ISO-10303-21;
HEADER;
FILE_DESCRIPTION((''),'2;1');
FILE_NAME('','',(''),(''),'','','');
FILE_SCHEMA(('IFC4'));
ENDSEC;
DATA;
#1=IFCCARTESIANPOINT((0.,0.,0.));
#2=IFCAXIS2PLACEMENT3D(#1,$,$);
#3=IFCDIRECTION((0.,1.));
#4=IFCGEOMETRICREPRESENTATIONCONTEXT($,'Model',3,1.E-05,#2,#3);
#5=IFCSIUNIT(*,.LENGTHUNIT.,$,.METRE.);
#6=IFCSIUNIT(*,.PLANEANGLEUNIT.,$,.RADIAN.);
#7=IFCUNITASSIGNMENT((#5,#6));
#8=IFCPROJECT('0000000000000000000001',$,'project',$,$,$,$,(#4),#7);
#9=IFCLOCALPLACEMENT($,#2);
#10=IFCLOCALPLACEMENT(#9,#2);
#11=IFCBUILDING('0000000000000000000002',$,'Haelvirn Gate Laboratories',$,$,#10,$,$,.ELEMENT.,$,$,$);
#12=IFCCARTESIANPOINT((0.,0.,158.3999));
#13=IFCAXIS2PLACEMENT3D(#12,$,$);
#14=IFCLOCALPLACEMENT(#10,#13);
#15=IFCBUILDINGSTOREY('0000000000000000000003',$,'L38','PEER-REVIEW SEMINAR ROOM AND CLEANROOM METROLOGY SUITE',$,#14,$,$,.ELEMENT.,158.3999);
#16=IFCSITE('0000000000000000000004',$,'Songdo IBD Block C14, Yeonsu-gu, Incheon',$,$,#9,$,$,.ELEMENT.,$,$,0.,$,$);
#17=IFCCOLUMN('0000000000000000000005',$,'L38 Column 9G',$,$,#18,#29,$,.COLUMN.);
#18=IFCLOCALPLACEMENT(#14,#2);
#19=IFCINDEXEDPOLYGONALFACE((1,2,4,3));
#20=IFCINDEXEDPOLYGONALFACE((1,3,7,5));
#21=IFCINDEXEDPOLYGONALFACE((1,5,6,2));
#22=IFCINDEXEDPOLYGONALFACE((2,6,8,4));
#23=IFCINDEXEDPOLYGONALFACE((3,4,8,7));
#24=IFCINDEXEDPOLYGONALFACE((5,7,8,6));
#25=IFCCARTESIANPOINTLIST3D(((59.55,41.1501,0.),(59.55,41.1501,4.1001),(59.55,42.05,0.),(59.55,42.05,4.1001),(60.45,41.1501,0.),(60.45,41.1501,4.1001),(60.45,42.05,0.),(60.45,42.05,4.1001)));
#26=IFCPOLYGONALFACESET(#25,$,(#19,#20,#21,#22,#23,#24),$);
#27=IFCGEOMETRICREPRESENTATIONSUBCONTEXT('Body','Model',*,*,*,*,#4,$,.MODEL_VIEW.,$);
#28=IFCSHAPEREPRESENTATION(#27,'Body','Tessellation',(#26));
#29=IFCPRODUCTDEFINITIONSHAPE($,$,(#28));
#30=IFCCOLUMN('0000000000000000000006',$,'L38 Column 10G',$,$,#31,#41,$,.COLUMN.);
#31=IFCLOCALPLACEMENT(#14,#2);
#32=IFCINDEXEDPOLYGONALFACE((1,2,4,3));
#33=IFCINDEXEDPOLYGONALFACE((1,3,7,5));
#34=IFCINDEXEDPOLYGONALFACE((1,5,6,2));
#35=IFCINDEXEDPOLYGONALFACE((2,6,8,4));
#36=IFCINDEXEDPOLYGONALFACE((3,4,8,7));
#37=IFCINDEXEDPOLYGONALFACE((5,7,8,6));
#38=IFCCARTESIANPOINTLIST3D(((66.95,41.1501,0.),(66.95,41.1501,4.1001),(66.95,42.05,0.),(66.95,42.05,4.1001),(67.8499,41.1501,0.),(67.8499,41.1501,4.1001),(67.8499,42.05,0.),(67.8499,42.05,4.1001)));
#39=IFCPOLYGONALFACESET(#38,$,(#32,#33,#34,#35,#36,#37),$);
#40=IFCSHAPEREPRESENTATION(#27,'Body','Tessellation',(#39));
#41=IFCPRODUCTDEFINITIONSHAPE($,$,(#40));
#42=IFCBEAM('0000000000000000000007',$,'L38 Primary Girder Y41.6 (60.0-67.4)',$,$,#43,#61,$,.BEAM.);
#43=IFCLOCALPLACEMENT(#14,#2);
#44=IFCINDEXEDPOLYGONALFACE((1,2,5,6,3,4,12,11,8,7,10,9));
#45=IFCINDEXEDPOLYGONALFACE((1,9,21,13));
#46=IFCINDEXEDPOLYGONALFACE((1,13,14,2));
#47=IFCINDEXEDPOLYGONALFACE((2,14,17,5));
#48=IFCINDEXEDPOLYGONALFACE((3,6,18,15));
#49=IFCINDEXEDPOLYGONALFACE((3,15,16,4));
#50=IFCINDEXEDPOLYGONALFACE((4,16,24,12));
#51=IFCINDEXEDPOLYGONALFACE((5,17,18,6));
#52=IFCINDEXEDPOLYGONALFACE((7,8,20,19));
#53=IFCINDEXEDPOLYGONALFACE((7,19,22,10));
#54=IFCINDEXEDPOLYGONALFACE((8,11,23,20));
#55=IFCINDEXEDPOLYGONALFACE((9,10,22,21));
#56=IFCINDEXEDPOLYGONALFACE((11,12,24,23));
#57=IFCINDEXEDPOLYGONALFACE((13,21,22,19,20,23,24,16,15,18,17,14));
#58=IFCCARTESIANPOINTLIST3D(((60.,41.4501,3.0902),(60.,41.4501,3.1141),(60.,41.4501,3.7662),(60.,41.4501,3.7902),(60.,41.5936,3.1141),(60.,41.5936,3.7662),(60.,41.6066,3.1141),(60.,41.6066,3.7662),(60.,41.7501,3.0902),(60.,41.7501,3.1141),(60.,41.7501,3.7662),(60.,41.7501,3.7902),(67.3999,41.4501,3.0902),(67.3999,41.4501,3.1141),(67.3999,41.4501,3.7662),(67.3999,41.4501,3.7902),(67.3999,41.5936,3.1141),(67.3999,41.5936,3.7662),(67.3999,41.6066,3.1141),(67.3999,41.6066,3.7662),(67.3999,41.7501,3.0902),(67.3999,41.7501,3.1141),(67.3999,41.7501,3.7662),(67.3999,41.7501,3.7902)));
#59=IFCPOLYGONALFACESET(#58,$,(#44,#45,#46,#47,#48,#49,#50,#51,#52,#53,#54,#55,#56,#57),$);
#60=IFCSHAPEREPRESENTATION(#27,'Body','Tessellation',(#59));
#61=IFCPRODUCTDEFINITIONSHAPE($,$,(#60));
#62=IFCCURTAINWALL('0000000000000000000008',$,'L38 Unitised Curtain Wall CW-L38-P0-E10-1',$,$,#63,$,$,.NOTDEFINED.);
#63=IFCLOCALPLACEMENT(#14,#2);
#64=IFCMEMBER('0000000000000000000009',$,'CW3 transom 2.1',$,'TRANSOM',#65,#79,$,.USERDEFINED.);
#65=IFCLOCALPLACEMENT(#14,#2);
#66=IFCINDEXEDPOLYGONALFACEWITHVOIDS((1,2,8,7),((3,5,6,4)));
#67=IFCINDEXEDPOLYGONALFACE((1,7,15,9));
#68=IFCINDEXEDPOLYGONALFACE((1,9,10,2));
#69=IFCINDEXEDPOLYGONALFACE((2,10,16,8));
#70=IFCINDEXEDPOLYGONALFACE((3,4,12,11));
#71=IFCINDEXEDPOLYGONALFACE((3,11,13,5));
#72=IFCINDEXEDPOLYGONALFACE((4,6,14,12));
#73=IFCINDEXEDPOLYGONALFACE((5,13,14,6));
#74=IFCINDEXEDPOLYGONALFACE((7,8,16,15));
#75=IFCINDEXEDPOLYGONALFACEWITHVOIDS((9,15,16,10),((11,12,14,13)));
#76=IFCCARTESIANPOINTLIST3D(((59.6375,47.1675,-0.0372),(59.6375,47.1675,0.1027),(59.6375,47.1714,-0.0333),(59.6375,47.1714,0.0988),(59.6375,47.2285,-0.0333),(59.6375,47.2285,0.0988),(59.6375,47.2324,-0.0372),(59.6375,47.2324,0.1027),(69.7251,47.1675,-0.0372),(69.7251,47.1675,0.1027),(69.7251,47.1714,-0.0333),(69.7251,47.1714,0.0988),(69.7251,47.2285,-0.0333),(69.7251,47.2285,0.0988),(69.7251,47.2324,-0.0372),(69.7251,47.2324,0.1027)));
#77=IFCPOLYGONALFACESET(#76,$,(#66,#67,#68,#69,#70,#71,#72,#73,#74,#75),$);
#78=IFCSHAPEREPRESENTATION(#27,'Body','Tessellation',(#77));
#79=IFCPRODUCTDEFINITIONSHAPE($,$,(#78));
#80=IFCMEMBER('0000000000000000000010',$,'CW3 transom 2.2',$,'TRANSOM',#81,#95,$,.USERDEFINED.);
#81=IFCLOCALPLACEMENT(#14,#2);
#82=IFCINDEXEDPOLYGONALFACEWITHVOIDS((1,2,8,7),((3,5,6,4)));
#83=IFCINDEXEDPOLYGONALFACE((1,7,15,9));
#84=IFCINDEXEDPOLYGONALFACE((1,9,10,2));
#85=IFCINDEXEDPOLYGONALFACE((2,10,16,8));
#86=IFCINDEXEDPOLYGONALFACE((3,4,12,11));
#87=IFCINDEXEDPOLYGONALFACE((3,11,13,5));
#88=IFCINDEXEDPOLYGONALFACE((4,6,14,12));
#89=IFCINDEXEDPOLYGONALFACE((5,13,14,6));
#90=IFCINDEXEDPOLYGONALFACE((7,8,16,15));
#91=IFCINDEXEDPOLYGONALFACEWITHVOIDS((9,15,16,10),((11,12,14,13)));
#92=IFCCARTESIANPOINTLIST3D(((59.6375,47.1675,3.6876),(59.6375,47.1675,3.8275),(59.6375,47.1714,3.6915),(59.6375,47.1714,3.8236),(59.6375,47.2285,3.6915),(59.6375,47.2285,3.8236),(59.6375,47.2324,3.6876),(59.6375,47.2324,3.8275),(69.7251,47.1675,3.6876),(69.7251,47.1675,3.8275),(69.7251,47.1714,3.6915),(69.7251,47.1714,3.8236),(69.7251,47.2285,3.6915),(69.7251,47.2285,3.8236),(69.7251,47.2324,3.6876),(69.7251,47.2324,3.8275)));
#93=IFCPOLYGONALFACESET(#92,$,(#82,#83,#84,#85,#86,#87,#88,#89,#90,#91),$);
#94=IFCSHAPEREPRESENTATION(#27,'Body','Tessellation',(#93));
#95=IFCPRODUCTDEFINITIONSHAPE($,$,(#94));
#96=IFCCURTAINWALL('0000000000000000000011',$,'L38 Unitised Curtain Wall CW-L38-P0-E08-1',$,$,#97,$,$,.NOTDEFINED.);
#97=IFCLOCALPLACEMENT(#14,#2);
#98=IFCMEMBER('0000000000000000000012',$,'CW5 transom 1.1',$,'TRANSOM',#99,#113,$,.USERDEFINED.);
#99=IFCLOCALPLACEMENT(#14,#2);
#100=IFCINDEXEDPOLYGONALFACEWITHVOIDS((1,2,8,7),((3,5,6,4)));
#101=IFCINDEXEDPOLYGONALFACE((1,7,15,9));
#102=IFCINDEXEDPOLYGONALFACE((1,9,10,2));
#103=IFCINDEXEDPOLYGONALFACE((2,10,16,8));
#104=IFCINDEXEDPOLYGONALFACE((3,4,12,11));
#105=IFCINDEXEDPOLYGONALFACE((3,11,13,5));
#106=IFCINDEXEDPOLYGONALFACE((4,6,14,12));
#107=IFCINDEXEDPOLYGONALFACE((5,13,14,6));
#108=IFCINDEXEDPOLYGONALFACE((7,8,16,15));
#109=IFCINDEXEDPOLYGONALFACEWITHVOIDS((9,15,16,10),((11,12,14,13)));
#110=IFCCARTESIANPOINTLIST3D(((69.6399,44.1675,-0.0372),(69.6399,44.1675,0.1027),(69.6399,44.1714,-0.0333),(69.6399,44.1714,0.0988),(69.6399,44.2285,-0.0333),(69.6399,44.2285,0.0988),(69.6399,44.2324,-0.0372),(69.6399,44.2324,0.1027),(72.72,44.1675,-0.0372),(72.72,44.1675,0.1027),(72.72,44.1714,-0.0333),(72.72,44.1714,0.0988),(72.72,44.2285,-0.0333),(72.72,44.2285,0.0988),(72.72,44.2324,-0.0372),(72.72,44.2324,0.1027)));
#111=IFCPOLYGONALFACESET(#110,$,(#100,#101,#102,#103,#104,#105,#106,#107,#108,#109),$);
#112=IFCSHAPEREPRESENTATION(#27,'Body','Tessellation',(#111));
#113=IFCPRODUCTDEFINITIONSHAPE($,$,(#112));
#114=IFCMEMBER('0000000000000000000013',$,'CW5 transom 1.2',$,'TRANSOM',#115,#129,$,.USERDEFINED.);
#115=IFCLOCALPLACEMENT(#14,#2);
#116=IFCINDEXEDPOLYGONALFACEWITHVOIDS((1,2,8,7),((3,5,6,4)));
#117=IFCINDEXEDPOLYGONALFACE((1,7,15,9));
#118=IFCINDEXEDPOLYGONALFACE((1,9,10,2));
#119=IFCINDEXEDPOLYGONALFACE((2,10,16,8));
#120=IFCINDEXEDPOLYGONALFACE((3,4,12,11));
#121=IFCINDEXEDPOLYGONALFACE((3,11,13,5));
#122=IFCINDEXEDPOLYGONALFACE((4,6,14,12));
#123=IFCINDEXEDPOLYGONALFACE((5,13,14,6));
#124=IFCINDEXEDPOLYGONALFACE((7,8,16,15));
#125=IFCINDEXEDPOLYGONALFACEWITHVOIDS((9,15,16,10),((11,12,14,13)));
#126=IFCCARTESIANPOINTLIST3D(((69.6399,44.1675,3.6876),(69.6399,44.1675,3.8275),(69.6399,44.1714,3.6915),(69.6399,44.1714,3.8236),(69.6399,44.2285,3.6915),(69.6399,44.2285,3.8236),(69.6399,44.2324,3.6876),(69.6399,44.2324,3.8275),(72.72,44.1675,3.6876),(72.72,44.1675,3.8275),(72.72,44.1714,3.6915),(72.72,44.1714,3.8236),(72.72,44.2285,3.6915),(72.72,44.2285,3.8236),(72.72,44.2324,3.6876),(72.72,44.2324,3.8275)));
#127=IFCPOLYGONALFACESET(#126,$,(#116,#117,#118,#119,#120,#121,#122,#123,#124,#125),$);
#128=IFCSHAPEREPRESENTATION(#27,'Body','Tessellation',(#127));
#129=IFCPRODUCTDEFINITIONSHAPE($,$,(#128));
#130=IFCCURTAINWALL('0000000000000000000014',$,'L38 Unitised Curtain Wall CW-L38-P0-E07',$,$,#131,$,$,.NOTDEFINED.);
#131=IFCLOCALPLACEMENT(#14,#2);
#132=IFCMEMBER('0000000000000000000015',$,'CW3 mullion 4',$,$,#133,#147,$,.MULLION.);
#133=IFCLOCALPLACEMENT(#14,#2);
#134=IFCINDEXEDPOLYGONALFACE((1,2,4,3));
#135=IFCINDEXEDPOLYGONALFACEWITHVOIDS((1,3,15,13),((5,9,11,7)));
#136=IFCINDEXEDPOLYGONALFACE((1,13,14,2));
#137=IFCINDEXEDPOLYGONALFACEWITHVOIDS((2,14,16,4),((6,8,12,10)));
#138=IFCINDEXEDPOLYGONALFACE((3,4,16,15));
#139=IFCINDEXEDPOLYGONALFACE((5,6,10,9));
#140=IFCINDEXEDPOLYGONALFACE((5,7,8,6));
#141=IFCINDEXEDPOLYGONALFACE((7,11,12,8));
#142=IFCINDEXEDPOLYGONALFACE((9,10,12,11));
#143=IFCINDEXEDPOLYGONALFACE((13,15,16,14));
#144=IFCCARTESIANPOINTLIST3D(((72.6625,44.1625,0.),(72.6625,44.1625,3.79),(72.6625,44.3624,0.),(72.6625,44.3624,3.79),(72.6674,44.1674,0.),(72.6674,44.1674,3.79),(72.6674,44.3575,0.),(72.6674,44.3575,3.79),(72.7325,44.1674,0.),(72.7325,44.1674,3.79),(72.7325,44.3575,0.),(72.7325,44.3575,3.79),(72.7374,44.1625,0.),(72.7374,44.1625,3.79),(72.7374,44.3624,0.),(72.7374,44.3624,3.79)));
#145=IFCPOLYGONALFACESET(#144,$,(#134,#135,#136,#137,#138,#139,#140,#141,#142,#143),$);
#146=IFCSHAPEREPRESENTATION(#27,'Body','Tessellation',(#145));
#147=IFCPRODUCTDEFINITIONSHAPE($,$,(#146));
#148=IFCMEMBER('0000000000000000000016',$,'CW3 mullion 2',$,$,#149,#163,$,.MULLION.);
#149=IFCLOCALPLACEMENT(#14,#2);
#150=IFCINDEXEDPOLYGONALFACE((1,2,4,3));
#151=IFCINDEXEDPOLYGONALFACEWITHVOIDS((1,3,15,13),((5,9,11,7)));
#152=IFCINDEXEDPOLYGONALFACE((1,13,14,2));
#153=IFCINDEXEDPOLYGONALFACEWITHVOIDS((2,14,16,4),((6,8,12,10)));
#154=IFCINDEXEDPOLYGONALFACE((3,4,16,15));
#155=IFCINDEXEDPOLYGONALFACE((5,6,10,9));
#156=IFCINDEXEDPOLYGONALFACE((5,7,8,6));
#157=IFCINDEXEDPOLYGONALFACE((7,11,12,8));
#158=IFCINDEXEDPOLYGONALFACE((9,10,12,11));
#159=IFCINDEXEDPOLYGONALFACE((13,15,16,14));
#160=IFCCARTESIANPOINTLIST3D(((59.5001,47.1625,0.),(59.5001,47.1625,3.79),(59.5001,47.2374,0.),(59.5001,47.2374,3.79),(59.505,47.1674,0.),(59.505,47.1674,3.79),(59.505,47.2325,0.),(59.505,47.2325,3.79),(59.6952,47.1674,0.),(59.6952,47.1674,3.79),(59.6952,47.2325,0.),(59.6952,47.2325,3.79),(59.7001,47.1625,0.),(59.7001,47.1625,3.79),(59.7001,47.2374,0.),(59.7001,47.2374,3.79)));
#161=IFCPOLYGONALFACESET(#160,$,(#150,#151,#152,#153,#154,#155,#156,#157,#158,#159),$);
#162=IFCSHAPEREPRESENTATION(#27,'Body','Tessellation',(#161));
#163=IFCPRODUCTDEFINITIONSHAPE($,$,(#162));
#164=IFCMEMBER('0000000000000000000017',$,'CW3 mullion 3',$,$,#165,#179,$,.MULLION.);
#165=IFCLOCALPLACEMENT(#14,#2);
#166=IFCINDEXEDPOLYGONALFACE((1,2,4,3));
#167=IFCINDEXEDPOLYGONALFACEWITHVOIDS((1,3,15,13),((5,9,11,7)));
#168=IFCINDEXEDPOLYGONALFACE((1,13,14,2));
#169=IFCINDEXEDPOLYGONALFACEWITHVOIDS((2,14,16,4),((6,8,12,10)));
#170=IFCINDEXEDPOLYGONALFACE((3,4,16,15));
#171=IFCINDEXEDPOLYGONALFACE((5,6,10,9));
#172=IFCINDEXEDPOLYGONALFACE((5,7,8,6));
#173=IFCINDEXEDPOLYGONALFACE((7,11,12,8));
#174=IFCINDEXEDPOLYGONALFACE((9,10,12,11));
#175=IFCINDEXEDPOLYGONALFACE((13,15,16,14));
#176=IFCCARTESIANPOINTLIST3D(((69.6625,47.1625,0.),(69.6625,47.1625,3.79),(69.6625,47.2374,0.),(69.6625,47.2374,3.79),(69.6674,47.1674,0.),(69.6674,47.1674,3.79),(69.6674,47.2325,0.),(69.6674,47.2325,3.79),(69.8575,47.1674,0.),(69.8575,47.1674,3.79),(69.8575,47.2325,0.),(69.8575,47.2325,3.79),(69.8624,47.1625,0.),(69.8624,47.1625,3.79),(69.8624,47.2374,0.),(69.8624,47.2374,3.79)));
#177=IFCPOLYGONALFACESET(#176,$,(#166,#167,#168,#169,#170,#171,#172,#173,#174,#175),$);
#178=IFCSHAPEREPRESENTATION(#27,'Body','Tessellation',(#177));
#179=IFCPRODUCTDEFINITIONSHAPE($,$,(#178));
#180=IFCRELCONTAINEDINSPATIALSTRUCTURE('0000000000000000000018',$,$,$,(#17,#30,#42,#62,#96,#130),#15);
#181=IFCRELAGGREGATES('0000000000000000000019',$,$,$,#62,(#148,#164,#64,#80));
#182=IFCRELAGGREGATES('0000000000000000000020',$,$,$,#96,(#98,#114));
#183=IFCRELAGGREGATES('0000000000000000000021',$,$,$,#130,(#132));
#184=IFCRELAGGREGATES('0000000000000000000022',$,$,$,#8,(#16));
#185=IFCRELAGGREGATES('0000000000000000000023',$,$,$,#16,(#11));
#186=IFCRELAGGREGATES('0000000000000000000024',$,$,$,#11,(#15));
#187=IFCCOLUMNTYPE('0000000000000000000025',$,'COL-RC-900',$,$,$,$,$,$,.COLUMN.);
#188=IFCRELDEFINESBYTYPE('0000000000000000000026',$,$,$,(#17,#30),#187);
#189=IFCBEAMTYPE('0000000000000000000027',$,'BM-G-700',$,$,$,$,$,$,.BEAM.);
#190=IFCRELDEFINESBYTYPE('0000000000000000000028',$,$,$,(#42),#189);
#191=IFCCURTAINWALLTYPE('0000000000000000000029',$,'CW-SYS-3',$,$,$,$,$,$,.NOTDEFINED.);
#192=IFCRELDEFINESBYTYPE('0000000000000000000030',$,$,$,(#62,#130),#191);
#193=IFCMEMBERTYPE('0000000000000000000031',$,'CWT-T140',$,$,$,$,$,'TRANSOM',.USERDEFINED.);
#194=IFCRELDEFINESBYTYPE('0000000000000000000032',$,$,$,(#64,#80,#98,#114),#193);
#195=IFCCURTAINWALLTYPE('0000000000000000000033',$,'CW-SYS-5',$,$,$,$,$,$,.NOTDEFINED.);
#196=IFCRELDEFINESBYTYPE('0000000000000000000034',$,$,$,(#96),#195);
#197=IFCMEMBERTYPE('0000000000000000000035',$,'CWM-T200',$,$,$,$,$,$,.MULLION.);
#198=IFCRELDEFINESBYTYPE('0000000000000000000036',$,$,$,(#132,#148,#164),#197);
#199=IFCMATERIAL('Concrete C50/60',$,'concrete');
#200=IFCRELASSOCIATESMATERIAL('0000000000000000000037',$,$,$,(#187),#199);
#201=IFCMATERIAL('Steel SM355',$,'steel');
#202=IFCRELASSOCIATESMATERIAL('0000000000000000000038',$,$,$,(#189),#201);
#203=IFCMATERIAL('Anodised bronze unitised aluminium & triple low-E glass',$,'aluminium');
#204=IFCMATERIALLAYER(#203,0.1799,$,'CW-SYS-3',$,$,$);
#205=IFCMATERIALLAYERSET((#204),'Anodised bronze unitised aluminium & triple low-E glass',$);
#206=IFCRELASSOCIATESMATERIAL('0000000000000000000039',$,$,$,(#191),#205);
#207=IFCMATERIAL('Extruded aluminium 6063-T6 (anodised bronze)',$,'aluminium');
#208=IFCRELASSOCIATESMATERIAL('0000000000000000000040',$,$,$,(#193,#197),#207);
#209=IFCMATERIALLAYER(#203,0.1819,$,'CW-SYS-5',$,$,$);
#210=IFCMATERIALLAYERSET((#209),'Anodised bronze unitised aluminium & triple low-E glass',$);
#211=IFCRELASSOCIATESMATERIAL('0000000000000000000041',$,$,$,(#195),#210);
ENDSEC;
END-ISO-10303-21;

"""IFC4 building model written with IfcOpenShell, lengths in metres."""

from ifc_helpers import new_model, si_unit, direction, frame, origin, origin_2d, place, context, subcontext, project, spatial, rectangle, hollow_rectangle, i_section, extrude, source, transform, mapped, material, layer, layer_set, material_profile, profile_set, type_object, type_shapes, element, aggregate, save


model = new_model("IFC4")

# Units and contexts
model_context = context("Model", 3, precision=1e-05, world=origin(), true_north=direction((0.0, 1.0)))
body_context = subcontext(model_context, "Body", "Model", "MODEL_VIEW")
ifc_project = project(units=[si_unit("LENGTHUNIT", "METRE"), si_unit("PLANEANGLEUNIT", "RADIAN")], contexts=[model_context])

# Site, building, storey
site_placement = place(None, origin())
site = spatial("IfcSite", under=ifc_project, at=site_placement, Name="Songdo IBD Block C14, Yeonsu-gu, Incheon", CompositionType="ELEMENT", RefElevation=0.0)
building_placement = place(site_placement, origin())
building = spatial("IfcBuilding", under=site, at=building_placement, Name="Haelvirn Gate Laboratories", CompositionType="ELEMENT")
storey_placement = place(building_placement, frame((0.0, 0.0, 158.3999)))
storey = spatial("IfcBuildingStorey", under=building, at=storey_placement, Name="L38", Description="PEER-REVIEW SEMINAR ROOM AND CLEANROOM METROLOGY SUITE", CompositionType="ELEMENT", Elevation=158.3999)

# Columns
ifc_material_1 = material(Name="Concrete C50/60", Category="concrete")
ifc_material_profile_1 = material_profile(ifc_material_1, rectangle(XDim=0.8999, YDim=0.8999, at=origin_2d()), Name="RC-900x900")
ifc_profile_set_1 = profile_set([ifc_material_profile_1], Name="Concrete C50/60")
column_type = type_object("IfcColumnType", Name="COL-RC-900", PredefinedType="COLUMN", material=ifc_profile_set_1)
shared_shape_1 = source(origin(), body_context, "Body", "SweptSolid", [
    extrude(rectangle(XDim=0.8999, YDim=0.8999, at=origin_2d()), origin(), (0.0, 0.0, 1.0), 4.1001),
])
type_shapes(column_type, [shared_shape_1])
for number, where, z_axis, x_axis, name in (
    (1, (60.0, 41.6001, 0.0), (0.0, 0.0, 1.0), (1.0, 0.0, 0.0), "L38 Column 9G"),
    (2, (67.3999, 41.6001, 0.0), (0.0, 0.0, 1.0), (1.0, 0.0, 0.0), "L38 Column 10G"),
):
    element("IfcColumn", number, at=place(storey_placement, frame(where, z_axis=z_axis, x_axis=x_axis)), inside=storey, type_object=column_type, Name=name, PredefinedType="COLUMN", context=body_context, shape_type="MappedRepresentation", body=[
        mapped(shared_shape_1, transform((0.0, 0.0, 0.0), scale=1.0)),
    ])

# Beam
ifc_material_2 = material(Name="Steel SM355", Category="steel")
ifc_material_profile_2 = material_profile(ifc_material_2, i_section(OverallWidth=0.3, OverallDepth=0.7, WebThickness=0.0129, FlangeThickness=0.0239, at=origin_2d()), Name="H-700x300x13x24")
ifc_profile_set_2 = profile_set([ifc_material_profile_2], Name="Steel SM355")
beam_type = type_object("IfcBeamType", Name="BM-G-700", PredefinedType="BEAM", material=ifc_profile_set_2)
shared_shape_2 = source(origin(), body_context, "Body", "SweptSolid", [
    extrude(i_section(OverallWidth=0.3, OverallDepth=0.7, WebThickness=0.0129, FlangeThickness=0.0239, at=origin_2d()), origin(), (0.0, 0.0, 1.0), 7.3999),
])
type_shapes(beam_type, [shared_shape_2])
beam_placement = place(storey_placement, frame((60.0, 41.6001, 3.4402), z_axis=(1.0, 0.0, 0.0), x_axis=(0.0, 1.0, 0.0)))
element("IfcBeam", 3, at=beam_placement, inside=storey, type_object=beam_type, Name="L38 Primary Girder Y41.6 (60.0-67.4)", PredefinedType="BEAM", context=body_context, shape_type="MappedRepresentation", body=[
    mapped(shared_shape_2, transform((0.0, 0.0, 0.0), scale=1.0)),
])

# Curtain walls, members
ifc_material_3 = material(Name="Anodised bronze unitised aluminium & triple low-E glass", Category="aluminium")
ifc_layer_1 = layer(ifc_material_3, 0.1799, Name="CW-SYS-3")
ifc_layer_set_1 = layer_set([ifc_layer_1], Name="Anodised bronze unitised aluminium & triple low-E glass")
curtain_wall_type_1 = type_object("IfcCurtainWallType", Name="CW-SYS-3", PredefinedType="NOTDEFINED", material=ifc_layer_set_1)
curtain_wall_1_placement = place(storey_placement, origin())
curtain_wall_1 = element("IfcCurtainWall", 4, at=curtain_wall_1_placement, inside=storey, type_object=curtain_wall_type_1, Name="L38 Unitised Curtain Wall CW-L38-P0-E10-1", PredefinedType="NOTDEFINED")
ifc_material_4 = material(Name="Extruded aluminium 6063-T6 (anodised bronze)", Category="aluminium")
ifc_material_profile_3 = material_profile(ifc_material_4, hollow_rectangle(XDim=0.0649, YDim=0.1399, WallThickness=0.0039, at=origin_2d()), Name="CWT-140x65x4")
ifc_profile_set_3 = profile_set([ifc_material_profile_3], Name="Extruded aluminium 6063-T6 (anodised bronze)")
member_type_1 = type_object("IfcMemberType", Name="CWT-T140", ElementType="TRANSOM", PredefinedType="USERDEFINED", material=ifc_profile_set_3)
shared_shape_3 = source(origin(), body_context, "Body", "SweptSolid", [
    extrude(hollow_rectangle(XDim=0.0649, YDim=0.1399, WallThickness=0.0039, at=origin_2d()), origin(), (0.0, 0.0, 1.0), 10.0876),
])
member_1_placement = place(storey_placement, frame((59.6375, 47.2, 0.0327), z_axis=(1.0, 0.0, 0.0), x_axis=(0.0, 1.0, 0.0)))
member_1 = element("IfcMember", 5, at=member_1_placement, type_object=member_type_1, Name="CW3 transom 2.1", ObjectType="TRANSOM", PredefinedType="USERDEFINED", context=body_context, shape_type="MappedRepresentation", body=[
    mapped(shared_shape_3, transform((0.0, 0.0, 0.0), scale=1.0)),
])
member_2_placement = place(storey_placement, frame((59.6375, 47.2, 3.7576), z_axis=(1.0, 0.0, 0.0), x_axis=(0.0, 1.0, 0.0)))
member_2 = element("IfcMember", 6, at=member_2_placement, type_object=member_type_1, Name="CW3 transom 2.2", ObjectType="TRANSOM", PredefinedType="USERDEFINED", context=body_context, shape_type="MappedRepresentation", body=[
    mapped(shared_shape_3, transform((0.0, 0.0, 0.0), scale=1.0)),
])
ifc_layer_2 = layer(ifc_material_3, 0.1819, Name="CW-SYS-5")
ifc_layer_set_2 = layer_set([ifc_layer_2], Name="Anodised bronze unitised aluminium & triple low-E glass")
curtain_wall_type_2 = type_object("IfcCurtainWallType", Name="CW-SYS-5", PredefinedType="NOTDEFINED", material=ifc_layer_set_2)
curtain_wall_2_placement = place(storey_placement, origin())
curtain_wall_2 = element("IfcCurtainWall", 7, at=curtain_wall_2_placement, inside=storey, type_object=curtain_wall_type_2, Name="L38 Unitised Curtain Wall CW-L38-P0-E08-1", PredefinedType="NOTDEFINED")
shared_shape_4 = source(origin(), body_context, "Body", "SweptSolid", [
    extrude(hollow_rectangle(XDim=0.0649, YDim=0.1399, WallThickness=0.0039, at=origin_2d()), origin(), (0.0, 0.0, 1.0), 3.0801),
])
type_shapes(member_type_1, [shared_shape_3, shared_shape_4])
member_3_placement = place(storey_placement, frame((69.6399, 44.2, 0.0327), z_axis=(1.0, 0.0, 0.0), x_axis=(0.0, 1.0, 0.0)))
member_3 = element("IfcMember", 8, at=member_3_placement, type_object=member_type_1, Name="CW5 transom 1.1", ObjectType="TRANSOM", PredefinedType="USERDEFINED", context=body_context, shape_type="MappedRepresentation", body=[
    mapped(shared_shape_4, transform((0.0, 0.0, 0.0), scale=1.0)),
])
member_4_placement = place(storey_placement, frame((69.6399, 44.2, 3.7576), z_axis=(1.0, 0.0, 0.0), x_axis=(0.0, 1.0, 0.0)))
member_4 = element("IfcMember", 9, at=member_4_placement, type_object=member_type_1, Name="CW5 transom 1.2", ObjectType="TRANSOM", PredefinedType="USERDEFINED", context=body_context, shape_type="MappedRepresentation", body=[
    mapped(shared_shape_4, transform((0.0, 0.0, 0.0), scale=1.0)),
])

# Curtain wall, member
curtain_wall_3_placement = place(storey_placement, origin())
curtain_wall_3 = element("IfcCurtainWall", 10, at=curtain_wall_3_placement, inside=storey, type_object=curtain_wall_type_1, Name="L38 Unitised Curtain Wall CW-L38-P0-E07", PredefinedType="NOTDEFINED")
ifc_material_profile_4 = material_profile(ifc_material_4, hollow_rectangle(XDim=0.075, YDim=0.2, WallThickness=0.0049, at=origin_2d()), Name="CWM-200x75x5")
ifc_profile_set_4 = profile_set([ifc_material_profile_4], Name="Extruded aluminium 6063-T6 (anodised bronze)")
member_type_2 = type_object("IfcMemberType", Name="CWM-T200", PredefinedType="MULLION", material=ifc_profile_set_4)
shared_shape_5 = source(origin(), body_context, "Body", "SweptSolid", [
    extrude(hollow_rectangle(XDim=0.075, YDim=0.2, WallThickness=0.0049, at=origin_2d()), origin(), (0.0, 0.0, 1.0), 3.79),
])
type_shapes(member_type_2, [shared_shape_5])
member_5_placement = place(storey_placement, frame((72.7, 44.2625, 0.0), z_axis=(0.0, 0.0, 1.0), x_axis=(-1.0, 0.0, 0.0)))
member_5 = element("IfcMember", 11, at=member_5_placement, type_object=member_type_2, Name="CW3 mullion 4", PredefinedType="MULLION", context=body_context, shape_type="MappedRepresentation", body=[
    mapped(shared_shape_5, transform((0.0, 0.0, 0.0), scale=1.0)),
])

# Members
member_6_placement = place(storey_placement, frame((59.6001, 47.2, 0.0), z_axis=(0.0, 0.0, 1.0), x_axis=(0.0, 1.0, 0.0)))
member_6 = element("IfcMember", 12, at=member_6_placement, type_object=member_type_2, Name="CW3 mullion 2", PredefinedType="MULLION", context=body_context, shape_type="MappedRepresentation", body=[
    mapped(shared_shape_5, transform((0.0, 0.0, 0.0), scale=1.0)),
])
member_7_placement = place(storey_placement, frame((69.7625, 47.2, 0.0), z_axis=(0.0, 0.0, 1.0), x_axis=(0.0, 1.0, 0.0)))
member_7 = element("IfcMember", 13, at=member_7_placement, type_object=member_type_2, Name="CW3 mullion 3", PredefinedType="MULLION", context=body_context, shape_type="MappedRepresentation", body=[
    mapped(shared_shape_5, transform((0.0, 0.0, 0.0), scale=1.0)),
])

aggregate(curtain_wall_1, [member_6, member_7, member_1, member_2])
aggregate(curtain_wall_2, [member_3, member_4])
aggregate(curtain_wall_3, [member_5])

save(model, "model.ifc")
